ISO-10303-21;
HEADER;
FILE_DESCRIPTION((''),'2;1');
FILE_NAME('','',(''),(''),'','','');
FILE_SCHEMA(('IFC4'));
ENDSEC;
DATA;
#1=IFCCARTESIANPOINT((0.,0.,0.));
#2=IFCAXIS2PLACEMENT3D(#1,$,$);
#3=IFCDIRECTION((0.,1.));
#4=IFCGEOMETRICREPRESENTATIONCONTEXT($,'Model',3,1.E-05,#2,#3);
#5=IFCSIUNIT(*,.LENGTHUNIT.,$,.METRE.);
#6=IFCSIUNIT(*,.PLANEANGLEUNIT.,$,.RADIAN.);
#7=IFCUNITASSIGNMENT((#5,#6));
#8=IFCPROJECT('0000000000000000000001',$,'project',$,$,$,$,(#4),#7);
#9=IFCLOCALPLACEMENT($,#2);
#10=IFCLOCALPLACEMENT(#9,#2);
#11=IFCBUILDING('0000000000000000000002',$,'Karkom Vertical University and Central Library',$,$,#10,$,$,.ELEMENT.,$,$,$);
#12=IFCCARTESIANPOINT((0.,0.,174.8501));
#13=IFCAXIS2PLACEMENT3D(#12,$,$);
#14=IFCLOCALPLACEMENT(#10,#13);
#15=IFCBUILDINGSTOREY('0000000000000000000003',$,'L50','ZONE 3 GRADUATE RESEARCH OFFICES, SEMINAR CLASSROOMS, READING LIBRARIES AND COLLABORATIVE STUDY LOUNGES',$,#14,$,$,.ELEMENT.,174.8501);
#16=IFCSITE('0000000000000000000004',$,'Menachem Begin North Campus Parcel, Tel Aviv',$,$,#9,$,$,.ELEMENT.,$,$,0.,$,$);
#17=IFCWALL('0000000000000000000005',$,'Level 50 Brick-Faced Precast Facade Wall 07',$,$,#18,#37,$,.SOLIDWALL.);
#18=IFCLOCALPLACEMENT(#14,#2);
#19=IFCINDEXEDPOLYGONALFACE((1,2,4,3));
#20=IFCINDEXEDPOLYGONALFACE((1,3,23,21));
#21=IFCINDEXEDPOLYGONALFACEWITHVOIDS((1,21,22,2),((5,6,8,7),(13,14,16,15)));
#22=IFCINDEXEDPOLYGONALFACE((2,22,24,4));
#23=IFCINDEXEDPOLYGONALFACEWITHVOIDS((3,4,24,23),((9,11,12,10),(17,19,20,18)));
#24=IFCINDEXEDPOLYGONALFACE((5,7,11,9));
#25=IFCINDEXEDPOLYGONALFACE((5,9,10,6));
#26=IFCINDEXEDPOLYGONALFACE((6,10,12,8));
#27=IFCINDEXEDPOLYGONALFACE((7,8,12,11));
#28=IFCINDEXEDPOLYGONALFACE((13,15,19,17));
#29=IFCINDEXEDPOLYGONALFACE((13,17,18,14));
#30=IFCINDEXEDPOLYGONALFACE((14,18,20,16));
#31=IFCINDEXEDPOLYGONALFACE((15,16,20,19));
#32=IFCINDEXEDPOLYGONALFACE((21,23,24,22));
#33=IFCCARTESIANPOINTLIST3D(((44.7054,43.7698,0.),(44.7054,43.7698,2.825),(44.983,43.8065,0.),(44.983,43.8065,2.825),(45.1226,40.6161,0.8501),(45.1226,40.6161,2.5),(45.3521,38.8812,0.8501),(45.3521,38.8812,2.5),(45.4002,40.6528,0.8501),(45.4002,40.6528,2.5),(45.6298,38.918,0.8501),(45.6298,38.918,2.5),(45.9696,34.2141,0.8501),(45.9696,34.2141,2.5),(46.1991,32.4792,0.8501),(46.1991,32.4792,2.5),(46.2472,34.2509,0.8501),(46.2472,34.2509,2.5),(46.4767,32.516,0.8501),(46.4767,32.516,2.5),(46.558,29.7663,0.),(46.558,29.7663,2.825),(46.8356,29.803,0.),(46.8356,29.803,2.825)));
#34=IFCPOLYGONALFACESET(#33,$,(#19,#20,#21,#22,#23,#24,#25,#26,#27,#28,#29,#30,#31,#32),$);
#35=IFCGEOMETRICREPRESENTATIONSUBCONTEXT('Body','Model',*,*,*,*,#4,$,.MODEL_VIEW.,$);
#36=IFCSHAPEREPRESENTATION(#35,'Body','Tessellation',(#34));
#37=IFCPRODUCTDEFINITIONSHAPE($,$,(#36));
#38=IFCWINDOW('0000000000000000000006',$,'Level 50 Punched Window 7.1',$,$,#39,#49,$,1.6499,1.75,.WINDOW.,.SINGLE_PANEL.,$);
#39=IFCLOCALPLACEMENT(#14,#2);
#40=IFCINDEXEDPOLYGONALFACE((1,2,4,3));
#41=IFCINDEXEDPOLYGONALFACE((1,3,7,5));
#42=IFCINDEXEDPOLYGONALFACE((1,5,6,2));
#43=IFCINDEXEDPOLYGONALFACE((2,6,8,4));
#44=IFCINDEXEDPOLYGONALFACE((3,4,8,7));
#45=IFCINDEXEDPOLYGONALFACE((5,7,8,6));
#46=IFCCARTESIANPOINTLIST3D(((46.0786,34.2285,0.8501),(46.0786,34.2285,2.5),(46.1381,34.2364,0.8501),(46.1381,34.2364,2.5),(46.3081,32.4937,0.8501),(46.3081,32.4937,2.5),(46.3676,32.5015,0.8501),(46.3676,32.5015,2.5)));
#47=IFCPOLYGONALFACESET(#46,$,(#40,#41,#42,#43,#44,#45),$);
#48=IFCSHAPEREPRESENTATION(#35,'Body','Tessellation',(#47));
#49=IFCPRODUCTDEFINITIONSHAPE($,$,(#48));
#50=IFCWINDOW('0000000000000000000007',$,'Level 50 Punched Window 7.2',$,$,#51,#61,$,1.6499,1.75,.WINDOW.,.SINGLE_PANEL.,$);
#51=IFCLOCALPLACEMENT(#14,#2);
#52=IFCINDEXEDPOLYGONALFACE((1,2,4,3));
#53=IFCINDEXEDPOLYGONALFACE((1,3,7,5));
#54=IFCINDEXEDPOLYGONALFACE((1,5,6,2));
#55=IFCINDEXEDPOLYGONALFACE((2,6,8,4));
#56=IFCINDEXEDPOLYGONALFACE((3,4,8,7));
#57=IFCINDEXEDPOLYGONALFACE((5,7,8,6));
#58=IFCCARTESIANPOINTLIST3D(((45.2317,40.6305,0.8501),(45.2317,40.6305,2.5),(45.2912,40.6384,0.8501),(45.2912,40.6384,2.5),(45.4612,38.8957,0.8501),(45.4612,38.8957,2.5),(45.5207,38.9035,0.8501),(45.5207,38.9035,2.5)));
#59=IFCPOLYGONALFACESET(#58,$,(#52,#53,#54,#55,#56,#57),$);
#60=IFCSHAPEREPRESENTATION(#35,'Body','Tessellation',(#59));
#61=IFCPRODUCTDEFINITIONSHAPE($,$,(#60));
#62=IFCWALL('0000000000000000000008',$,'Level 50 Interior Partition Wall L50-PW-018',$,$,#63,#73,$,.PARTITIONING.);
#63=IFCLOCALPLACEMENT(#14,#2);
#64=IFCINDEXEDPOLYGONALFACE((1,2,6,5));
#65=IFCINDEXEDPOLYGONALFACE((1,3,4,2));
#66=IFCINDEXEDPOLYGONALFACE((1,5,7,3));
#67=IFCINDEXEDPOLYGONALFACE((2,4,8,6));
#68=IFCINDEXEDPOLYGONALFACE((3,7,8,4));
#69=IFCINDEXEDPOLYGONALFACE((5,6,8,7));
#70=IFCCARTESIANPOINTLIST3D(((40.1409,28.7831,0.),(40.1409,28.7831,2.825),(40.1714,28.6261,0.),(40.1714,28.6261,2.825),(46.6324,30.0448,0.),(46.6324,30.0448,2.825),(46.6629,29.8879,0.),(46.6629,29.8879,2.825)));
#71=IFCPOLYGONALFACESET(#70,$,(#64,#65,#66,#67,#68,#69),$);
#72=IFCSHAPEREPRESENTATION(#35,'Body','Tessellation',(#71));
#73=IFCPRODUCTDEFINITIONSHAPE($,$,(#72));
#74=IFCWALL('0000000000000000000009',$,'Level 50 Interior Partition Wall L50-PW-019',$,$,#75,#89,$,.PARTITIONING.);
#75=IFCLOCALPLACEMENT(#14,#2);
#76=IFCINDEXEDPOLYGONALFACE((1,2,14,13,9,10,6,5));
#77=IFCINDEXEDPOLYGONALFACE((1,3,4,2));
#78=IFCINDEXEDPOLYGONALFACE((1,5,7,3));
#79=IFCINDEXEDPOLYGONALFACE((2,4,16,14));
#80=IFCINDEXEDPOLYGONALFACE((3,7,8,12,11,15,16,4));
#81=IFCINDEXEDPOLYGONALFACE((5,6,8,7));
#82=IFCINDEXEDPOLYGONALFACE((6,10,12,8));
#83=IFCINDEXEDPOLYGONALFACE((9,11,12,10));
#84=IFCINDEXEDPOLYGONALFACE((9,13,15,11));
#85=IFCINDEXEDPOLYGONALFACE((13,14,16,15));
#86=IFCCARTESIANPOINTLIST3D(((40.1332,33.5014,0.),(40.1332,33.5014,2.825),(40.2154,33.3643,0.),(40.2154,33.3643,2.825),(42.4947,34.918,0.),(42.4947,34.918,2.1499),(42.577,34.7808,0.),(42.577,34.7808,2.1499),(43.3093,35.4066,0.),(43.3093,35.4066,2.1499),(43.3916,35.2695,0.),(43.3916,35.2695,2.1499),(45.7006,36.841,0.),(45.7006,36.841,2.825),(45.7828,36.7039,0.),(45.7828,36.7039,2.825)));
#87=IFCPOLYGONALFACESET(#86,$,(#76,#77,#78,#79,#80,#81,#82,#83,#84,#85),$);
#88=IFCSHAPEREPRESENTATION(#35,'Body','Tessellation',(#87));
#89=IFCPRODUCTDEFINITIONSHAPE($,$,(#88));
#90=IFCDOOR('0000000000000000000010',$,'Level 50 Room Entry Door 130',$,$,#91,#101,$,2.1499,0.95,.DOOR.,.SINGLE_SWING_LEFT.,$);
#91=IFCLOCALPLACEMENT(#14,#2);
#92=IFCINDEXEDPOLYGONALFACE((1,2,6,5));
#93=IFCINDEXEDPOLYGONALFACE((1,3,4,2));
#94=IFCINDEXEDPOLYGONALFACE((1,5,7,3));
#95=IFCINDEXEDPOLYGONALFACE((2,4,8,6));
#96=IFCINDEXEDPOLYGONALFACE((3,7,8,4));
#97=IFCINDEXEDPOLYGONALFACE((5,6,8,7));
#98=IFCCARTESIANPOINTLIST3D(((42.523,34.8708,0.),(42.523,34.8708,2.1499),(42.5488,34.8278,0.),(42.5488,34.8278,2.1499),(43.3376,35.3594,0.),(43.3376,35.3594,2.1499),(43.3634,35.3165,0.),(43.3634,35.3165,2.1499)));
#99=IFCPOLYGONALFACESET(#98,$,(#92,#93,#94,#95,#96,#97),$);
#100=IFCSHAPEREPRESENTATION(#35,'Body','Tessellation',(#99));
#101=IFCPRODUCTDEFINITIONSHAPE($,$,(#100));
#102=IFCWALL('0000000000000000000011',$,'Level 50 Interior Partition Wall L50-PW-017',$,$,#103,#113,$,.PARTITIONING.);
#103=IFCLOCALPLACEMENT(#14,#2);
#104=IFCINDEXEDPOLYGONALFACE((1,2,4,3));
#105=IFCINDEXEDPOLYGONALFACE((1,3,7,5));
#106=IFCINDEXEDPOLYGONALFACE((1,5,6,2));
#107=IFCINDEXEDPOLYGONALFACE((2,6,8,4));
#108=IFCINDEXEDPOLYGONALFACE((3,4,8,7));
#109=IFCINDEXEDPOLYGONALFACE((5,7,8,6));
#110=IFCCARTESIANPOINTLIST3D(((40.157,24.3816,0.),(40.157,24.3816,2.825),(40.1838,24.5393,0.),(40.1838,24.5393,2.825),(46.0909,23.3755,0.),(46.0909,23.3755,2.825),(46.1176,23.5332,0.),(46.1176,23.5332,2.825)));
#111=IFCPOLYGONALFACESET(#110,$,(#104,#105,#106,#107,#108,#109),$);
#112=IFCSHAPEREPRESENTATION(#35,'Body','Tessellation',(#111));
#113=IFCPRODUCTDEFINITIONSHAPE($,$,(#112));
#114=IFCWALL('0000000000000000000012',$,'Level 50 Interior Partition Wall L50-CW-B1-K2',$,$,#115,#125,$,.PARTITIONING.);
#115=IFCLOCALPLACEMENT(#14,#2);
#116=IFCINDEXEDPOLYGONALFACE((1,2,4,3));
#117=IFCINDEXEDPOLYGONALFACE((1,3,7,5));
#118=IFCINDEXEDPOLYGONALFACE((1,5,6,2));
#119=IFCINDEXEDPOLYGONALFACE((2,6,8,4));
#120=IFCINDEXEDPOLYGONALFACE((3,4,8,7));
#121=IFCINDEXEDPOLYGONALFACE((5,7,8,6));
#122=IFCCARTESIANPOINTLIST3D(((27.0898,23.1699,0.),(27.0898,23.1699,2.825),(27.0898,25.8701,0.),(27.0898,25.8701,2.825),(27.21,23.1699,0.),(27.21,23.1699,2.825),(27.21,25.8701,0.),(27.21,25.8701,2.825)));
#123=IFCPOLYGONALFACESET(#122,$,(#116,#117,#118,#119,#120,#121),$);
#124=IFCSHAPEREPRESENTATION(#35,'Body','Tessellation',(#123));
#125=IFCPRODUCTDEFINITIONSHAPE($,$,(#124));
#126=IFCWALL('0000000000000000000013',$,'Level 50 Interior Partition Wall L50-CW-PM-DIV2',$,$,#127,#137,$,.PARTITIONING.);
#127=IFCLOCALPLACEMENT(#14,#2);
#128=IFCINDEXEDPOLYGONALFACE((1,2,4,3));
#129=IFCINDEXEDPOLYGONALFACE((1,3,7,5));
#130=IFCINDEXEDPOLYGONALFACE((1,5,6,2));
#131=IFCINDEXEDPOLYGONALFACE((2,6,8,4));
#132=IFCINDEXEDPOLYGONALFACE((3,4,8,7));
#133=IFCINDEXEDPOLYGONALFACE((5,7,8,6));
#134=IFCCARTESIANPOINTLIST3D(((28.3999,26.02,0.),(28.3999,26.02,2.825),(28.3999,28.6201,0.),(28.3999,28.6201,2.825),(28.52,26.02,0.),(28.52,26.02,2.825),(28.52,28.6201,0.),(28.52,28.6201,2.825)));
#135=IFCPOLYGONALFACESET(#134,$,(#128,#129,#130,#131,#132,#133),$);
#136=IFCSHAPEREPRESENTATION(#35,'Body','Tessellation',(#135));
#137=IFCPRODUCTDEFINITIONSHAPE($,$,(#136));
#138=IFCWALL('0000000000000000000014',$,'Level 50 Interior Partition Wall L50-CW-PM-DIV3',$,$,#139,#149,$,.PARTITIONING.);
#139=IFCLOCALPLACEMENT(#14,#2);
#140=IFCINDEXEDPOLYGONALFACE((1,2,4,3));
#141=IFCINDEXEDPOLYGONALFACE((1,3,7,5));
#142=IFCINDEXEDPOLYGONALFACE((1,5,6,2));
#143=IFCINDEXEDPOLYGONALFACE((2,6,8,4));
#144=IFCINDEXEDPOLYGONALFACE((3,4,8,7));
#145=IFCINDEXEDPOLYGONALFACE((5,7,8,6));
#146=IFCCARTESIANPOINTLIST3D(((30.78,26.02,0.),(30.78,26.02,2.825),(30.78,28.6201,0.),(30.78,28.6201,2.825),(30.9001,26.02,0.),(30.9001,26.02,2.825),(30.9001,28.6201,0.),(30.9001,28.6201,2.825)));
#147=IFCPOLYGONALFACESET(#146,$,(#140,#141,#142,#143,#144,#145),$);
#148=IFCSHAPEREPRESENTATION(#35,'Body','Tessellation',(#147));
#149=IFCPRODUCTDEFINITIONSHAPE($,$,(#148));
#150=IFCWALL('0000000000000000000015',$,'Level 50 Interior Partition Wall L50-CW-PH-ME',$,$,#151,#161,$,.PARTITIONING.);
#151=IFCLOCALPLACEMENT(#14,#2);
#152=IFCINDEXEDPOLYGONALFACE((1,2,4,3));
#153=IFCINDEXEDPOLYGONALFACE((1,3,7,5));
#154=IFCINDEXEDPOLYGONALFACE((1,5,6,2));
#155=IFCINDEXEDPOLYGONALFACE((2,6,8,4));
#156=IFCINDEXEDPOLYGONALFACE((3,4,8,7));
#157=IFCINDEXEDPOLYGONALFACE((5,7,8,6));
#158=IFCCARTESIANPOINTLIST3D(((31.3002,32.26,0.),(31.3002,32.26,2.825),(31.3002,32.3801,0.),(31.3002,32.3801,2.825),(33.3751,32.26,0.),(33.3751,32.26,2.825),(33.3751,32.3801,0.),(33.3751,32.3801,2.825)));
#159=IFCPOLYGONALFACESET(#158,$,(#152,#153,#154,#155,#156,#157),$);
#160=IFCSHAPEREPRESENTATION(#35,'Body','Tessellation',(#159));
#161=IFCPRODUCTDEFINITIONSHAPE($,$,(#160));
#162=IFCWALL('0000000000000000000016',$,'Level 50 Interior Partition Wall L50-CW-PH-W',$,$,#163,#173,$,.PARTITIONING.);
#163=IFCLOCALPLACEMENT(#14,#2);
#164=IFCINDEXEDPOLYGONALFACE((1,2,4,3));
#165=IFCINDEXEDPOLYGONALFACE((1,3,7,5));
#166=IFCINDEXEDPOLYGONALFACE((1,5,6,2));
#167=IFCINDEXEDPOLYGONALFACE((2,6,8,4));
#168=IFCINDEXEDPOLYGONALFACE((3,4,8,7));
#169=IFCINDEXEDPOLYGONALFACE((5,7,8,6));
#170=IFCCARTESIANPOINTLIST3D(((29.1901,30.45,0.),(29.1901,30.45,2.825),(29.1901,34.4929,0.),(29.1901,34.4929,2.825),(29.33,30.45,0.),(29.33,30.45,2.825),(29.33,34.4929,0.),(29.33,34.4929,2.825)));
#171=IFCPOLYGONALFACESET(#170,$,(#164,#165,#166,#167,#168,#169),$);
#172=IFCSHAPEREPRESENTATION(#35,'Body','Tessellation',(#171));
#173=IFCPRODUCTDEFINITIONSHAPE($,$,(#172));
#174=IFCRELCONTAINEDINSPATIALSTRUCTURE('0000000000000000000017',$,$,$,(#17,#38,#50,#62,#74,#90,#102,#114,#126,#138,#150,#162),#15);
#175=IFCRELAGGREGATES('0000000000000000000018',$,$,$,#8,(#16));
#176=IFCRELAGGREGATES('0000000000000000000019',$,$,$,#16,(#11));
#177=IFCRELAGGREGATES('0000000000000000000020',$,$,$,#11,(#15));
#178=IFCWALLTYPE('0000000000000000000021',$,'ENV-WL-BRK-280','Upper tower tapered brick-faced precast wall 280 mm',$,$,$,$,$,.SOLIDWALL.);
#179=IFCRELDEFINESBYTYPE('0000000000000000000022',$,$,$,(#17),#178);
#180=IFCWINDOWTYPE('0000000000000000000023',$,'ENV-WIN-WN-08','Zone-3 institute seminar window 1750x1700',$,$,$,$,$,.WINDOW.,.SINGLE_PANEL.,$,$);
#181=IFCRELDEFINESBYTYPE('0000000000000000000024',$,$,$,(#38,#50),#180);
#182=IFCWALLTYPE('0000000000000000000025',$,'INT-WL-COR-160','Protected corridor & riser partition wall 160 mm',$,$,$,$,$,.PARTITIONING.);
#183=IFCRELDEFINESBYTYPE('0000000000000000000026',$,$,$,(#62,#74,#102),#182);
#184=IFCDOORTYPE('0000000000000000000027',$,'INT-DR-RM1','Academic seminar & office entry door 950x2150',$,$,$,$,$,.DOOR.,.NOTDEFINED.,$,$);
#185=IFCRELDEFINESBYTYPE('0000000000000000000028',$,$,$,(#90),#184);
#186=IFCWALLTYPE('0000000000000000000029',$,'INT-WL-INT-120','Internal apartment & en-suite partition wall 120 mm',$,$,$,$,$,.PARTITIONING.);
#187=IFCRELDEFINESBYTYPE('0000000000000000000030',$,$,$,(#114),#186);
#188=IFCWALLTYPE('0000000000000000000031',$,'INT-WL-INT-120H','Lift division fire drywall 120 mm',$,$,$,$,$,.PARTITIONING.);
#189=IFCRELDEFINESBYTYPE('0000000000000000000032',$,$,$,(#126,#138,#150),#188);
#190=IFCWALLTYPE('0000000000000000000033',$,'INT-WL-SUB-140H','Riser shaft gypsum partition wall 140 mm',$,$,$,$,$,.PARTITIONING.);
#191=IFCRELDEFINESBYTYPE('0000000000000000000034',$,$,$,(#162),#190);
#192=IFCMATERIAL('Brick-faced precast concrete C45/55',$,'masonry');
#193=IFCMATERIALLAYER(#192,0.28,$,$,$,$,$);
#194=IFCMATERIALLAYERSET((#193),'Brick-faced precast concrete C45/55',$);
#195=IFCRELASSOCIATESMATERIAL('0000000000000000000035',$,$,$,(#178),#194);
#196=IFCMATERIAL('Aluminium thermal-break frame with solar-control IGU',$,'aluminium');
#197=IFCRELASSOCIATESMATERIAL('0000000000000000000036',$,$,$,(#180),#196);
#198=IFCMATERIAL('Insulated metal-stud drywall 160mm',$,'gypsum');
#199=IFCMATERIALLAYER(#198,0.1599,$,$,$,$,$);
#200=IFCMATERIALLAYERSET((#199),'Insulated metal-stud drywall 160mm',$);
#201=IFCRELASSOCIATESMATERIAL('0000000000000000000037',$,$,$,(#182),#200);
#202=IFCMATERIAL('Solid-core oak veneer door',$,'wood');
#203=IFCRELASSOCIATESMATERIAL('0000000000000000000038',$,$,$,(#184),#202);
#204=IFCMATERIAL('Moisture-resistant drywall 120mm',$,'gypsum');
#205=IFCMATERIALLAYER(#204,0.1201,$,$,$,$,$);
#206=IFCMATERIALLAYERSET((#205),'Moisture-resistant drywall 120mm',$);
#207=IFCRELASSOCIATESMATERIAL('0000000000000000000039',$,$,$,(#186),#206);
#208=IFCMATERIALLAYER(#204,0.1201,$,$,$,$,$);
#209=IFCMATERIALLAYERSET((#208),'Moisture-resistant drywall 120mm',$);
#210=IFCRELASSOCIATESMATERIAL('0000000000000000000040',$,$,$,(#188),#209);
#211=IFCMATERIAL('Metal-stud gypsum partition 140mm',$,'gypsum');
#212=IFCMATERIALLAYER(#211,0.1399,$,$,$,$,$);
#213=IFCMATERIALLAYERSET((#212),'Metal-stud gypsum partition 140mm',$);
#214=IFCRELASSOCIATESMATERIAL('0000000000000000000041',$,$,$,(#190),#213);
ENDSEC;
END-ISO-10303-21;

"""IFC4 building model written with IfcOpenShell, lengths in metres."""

from ifc_helpers import new_model, si_unit, direction, frame, frame_2d, origin, origin_with_axes, place, context, subcontext, project, spatial, rectangle, extrude, source, transform, mapped, material, layer, layer_set, type_object, element, fill, save


model = new_model("IFC4")

# Units and contexts
model_context = context("Model", 3, precision=1e-05, world=origin(), true_north=direction((0.0, 1.0)))
body_context = subcontext(model_context, "Body", "Model", "MODEL_VIEW")
ifc_project = project(units=[si_unit("LENGTHUNIT", "METRE"), si_unit("PLANEANGLEUNIT", "RADIAN")], contexts=[model_context])

# Site, building, storey
site_placement = place(None, origin())
site = spatial("IfcSite", under=ifc_project, at=site_placement, Name="Menachem Begin North Campus Parcel, Tel Aviv", CompositionType="ELEMENT", RefElevation=0.0)
building_placement = place(site_placement, origin())
building = spatial("IfcBuilding", under=site, at=building_placement, Name="Karkom Vertical University and Central Library", CompositionType="ELEMENT")
storey_placement = place(building_placement, frame((0.0, 0.0, 174.8501)))
storey = spatial("IfcBuildingStorey", under=building, at=storey_placement, Name="L50", Description="ZONE 3 GRADUATE RESEARCH OFFICES, SEMINAR CLASSROOMS, READING LIBRARIES AND COLLABORATIVE STUDY LOUNGES", CompositionType="ELEMENT", Elevation=174.8501)

# Wall, openings, windows
ifc_material_1 = material(Name="Brick-faced precast concrete C45/55", Category="masonry")
ifc_layer_1 = layer(ifc_material_1, 0.28)
ifc_layer_set_1 = layer_set([ifc_layer_1], Name="Brick-faced precast concrete C45/55")
wall_type_1 = type_object("IfcWallType", Name="ENV-WL-BRK-280", Description="Upper tower tapered brick-faced precast wall 280 mm", PredefinedType="SOLIDWALL", material=ifc_layer_set_1)
wall_1_placement = place(storey_placement, frame((46.6968, 29.7847, 0.0), z_axis=(0.0, 0.0, 1.0), x_axis=(-0.131149, 0.991363, 0.0)))
wall_1 = element("IfcWall", 1, at=wall_1_placement, inside=storey, type_object=wall_type_1, Name="Level 50 Brick-Faced Precast Facade Wall 07", PredefinedType="SOLIDWALL", context=body_context, shape_type="SweptSolid", body=[
    extrude(rectangle(XDim=14.1255, YDim=0.28, at=frame_2d((7.0627, 0.0))), origin(), (0.0, 0.0, 1.0), 2.825),
])
opening_1_placement = place(wall_1_placement, frame((2.7366, 0.0, 0.8501)))
opening_1 = element("IfcOpeningElement", 2, at=opening_1_placement, cuts=wall_1, PredefinedType="OPENING", context=body_context, shape_type="SweptSolid", body=[
    extrude(rectangle(XDim=1.75, YDim=1.6499, at=frame_2d((0.875, 0.825))), frame((0.0, 0.1499, 0.0), z_axis=(0.0, -1.0, 0.0), x_axis=(1.0, 0.0, 0.0)), (0.0, 0.0, 1.0), 0.3),
])
opening_2_placement = place(wall_1_placement, frame((9.1943, 0.0, 0.8501)))
opening_2 = element("IfcOpeningElement", 3, at=opening_2_placement, cuts=wall_1, PredefinedType="OPENING", context=body_context, shape_type="SweptSolid", body=[
    extrude(rectangle(XDim=1.75, YDim=1.6499, at=frame_2d((0.875, 0.825))), frame((0.0, 0.1499, 0.0), z_axis=(0.0, -1.0, 0.0), x_axis=(1.0, 0.0, 0.0)), (0.0, 0.0, 1.0), 0.3),
])
ifc_material_2 = material(Name="Aluminium thermal-break frame with solar-control IGU", Category="aluminium")
window_type = type_object("IfcWindowType", Name="ENV-WIN-WN-08", Description="Zone-3 institute seminar window 1750x1700", PartitioningType="SINGLE_PANEL", PredefinedType="WINDOW", material=ifc_material_2)
shared_shape_1 = source(origin_with_axes(), body_context, "Body", "SweptSolid", [
    extrude(rectangle(XDim=1.75, YDim=1.6499, at=frame_2d((0.875, 0.825))), frame((0.0, 0.03, 0.0), z_axis=(0.0, -1.0, 0.0), x_axis=(1.0, 0.0, 0.0)), (0.0, 0.0, 1.0), 0.0601),
])
window_1_placement = place(opening_1_placement, origin())
window_1 = element("IfcWindow", 4, at=window_1_placement, inside=storey, type_object=window_type, Name="Level 50 Punched Window 7.1", OverallHeight=1.6499, OverallWidth=1.75, PartitioningType="SINGLE_PANEL", PredefinedType="WINDOW", context=body_context, shape_type="MappedRepresentation", body=[
    mapped(shared_shape_1, transform((0.0, 0.0, 0.0), scale=1.0)),
])
fill(opening_1, window_1)
window_2_placement = place(opening_2_placement, origin())
window_2 = element("IfcWindow", 5, at=window_2_placement, inside=storey, type_object=window_type, Name="Level 50 Punched Window 7.2", OverallHeight=1.6499, OverallWidth=1.75, PartitioningType="SINGLE_PANEL", PredefinedType="WINDOW", context=body_context, shape_type="MappedRepresentation", body=[
    mapped(shared_shape_1, transform((0.0, 0.0, 0.0), scale=1.0)),
])
fill(opening_2, window_2)

# Wall
ifc_material_3 = material(Name="Insulated metal-stud drywall 160mm", Category="gypsum")
ifc_layer_2 = layer(ifc_material_3, 0.1599)
ifc_layer_set_2 = layer_set([ifc_layer_2], Name="Insulated metal-stud drywall 160mm")
wall_type_2 = type_object("IfcWallType", Name="INT-WL-COR-160", Description="Protected corridor & riser partition wall 160 mm", PredefinedType="PARTITIONING", material=ifc_layer_set_2)
wall_2_placement = place(storey_placement, frame((40.156, 28.7046, 0.0), z_axis=(0.0, 0.0, 1.0), x_axis=(0.98163, 0.190796, 0.0)))
element("IfcWall", 6, at=wall_2_placement, inside=storey, type_object=wall_type_2, Name="Level 50 Interior Partition Wall L50-PW-018", PredefinedType="PARTITIONING", context=body_context, shape_type="SweptSolid", body=[
    extrude(rectangle(XDim=6.613, YDim=0.1599, at=frame_2d((3.3066, 0.0))), origin(), (0.0, 0.0, 1.0), 2.825),
])

# Wall, opening, door
wall_3_placement = place(storey_placement, frame((40.1743, 33.4329, 0.0), z_axis=(0.0, 0.0, 1.0), x_axis=(0.857549, 0.514402, 0.0)))
wall_3 = element("IfcWall", 7, at=wall_3_placement, inside=storey, type_object=wall_type_2, Name="Level 50 Interior Partition Wall L50-PW-019", PredefinedType="PARTITIONING", context=body_context, shape_type="SweptSolid", body=[
    extrude(rectangle(XDim=6.4922, YDim=0.1599, at=frame_2d((3.2461, 0.0))), origin(), (0.0, 0.0, 1.0), 2.825),
])
opening_3_placement = place(wall_3_placement, frame((2.7537, 0.0, 0.0)))
opening_3 = element("IfcOpeningElement", 8, at=opening_3_placement, cuts=wall_3, PredefinedType="OPENING", context=body_context, shape_type="SweptSolid", body=[
    extrude(rectangle(XDim=0.95, YDim=2.1499, at=frame_2d((0.4751, 1.075))), frame((0.0, 0.0898, 0.0), z_axis=(0.0, -1.0, 0.0), x_axis=(1.0, 0.0, 0.0)), (0.0, 0.0, 1.0), 0.1799),
])
ifc_material_4 = material(Name="Solid-core oak veneer door", Category="wood")
door_type_1 = type_object("IfcDoorType", Name="INT-DR-RM1", Description="Academic seminar & office entry door 950x2150", OperationType="NOTDEFINED", PredefinedType="DOOR", material=ifc_material_4)
shared_shape_2 = source(origin_with_axes(), body_context, "Body", "SweptSolid", [
    extrude(rectangle(XDim=0.95, YDim=2.1499, at=frame_2d((0.4751, 1.075))), frame((0.0, 0.0249, 0.0), z_axis=(0.0, -1.0, 0.0), x_axis=(1.0, 0.0, 0.0)), (0.0, 0.0, 1.0), 0.05),
])
door_1_placement = place(opening_3_placement, origin())
door_1 = element("IfcDoor", 9, at=door_1_placement, inside=storey, type_object=door_type_1, Name="Level 50 Room Entry Door 130", OperationType="SINGLE_SWING_LEFT", OverallHeight=2.1499, OverallWidth=0.95, PredefinedType="DOOR", context=body_context, shape_type="MappedRepresentation", body=[
    mapped(shared_shape_2, transform((0.0, 0.0, 0.0), scale=1.0)),
])
fill(opening_3, door_1)

# Walls
wall_4_placement = place(storey_placement, frame((40.1704, 24.4604, 0.0), z_axis=(0.0, 0.0, 1.0), x_axis=(0.985928, -0.167168, 0.0)))
element("IfcWall", 10, at=wall_4_placement, inside=storey, type_object=wall_type_2, Name="Level 50 Interior Partition Wall L50-PW-017", PredefinedType="PARTITIONING", context=body_context, shape_type="SweptSolid", body=[
    extrude(rectangle(XDim=6.0186, YDim=0.1599, at=frame_2d((3.0093, 0.0))), origin(), (0.0, 0.0, 1.0), 2.825),
])
ifc_material_5 = material(Name="Moisture-resistant drywall 120mm", Category="gypsum")
ifc_layer_3 = layer(ifc_material_5, 0.1201)
ifc_layer_set_3 = layer_set([ifc_layer_3], Name="Moisture-resistant drywall 120mm")
wall_type_3 = type_object("IfcWallType", Name="INT-WL-INT-120", Description="Internal apartment & en-suite partition wall 120 mm", PredefinedType="PARTITIONING", material=ifc_layer_set_3)
wall_5_placement = place(storey_placement, frame((27.1499, 23.1699, 0.0), z_axis=(0.0, 0.0, 1.0), x_axis=(0.0, 1.0, 0.0)))
element("IfcWall", 11, at=wall_5_placement, inside=storey, type_object=wall_type_3, Name="Level 50 Interior Partition Wall L50-CW-B1-K2", PredefinedType="PARTITIONING", context=body_context, shape_type="SweptSolid", body=[
    extrude(rectangle(XDim=2.7002, YDim=0.1201, at=frame_2d((1.3501, 0.0))), origin(), (0.0, 0.0, 1.0), 2.825),
])
ifc_layer_4 = layer(ifc_material_5, 0.1201)
ifc_layer_set_4 = layer_set([ifc_layer_4], Name="Moisture-resistant drywall 120mm")
wall_type_4 = type_object("IfcWallType", Name="INT-WL-INT-120H", Description="Lift division fire drywall 120 mm", PredefinedType="PARTITIONING", material=ifc_layer_set_4)
for number, where, z_axis, x_axis, name in (
    (12, (28.46, 26.02, 0.0), (0.0, 0.0, 1.0), (0.0, 1.0, 0.0), "Level 50 Interior Partition Wall L50-CW-PM-DIV2"),
    (13, (30.8401, 26.02, 0.0), (0.0, 0.0, 1.0), (0.0, 1.0, 0.0), "Level 50 Interior Partition Wall L50-CW-PM-DIV3"),
):
    element("IfcWall", number, at=place(storey_placement, frame(where, z_axis=z_axis, x_axis=x_axis)), inside=storey, type_object=wall_type_4, Name=name, PredefinedType="PARTITIONING", context=body_context, shape_type="SweptSolid", body=[
        extrude(rectangle(XDim=2.6001, YDim=0.1201, at=frame_2d((1.3, 0.0))), origin(), (0.0, 0.0, 1.0), 2.825),
    ])
wall_6_placement = place(storey_placement, frame((31.3, 32.3201, 0.0), z_axis=(0.0, 0.0, 1.0), x_axis=(1.0, 0.0, 0.0)))
element("IfcWall", 14, at=wall_6_placement, inside=storey, type_object=wall_type_4, Name="Level 50 Interior Partition Wall L50-CW-PH-ME", PredefinedType="PARTITIONING", context=body_context, shape_type="SweptSolid", body=[
    extrude(rectangle(XDim=2.075, YDim=0.1201, at=frame_2d((1.0376, 0.0))), origin(), (0.0, 0.0, 1.0), 2.825),
])
ifc_material_6 = material(Name="Metal-stud gypsum partition 140mm", Category="gypsum")
ifc_layer_5 = layer(ifc_material_6, 0.1399)
ifc_layer_set_5 = layer_set([ifc_layer_5], Name="Metal-stud gypsum partition 140mm")
wall_type_5 = type_object("IfcWallType", Name="INT-WL-SUB-140H", Description="Riser shaft gypsum partition wall 140 mm", PredefinedType="PARTITIONING", material=ifc_layer_set_5)
for number, where, z_axis, x_axis, name in (
    (15, (29.26, 30.45, 0.0), (0.0, 0.0, 1.0), (0.0, 1.0, 0.0), "Level 50 Interior Partition Wall L50-CW-PH-W"),
):
    element("IfcWall", number, at=place(storey_placement, frame(where, z_axis=z_axis, x_axis=x_axis)), inside=storey, type_object=wall_type_5, Name=name, PredefinedType="PARTITIONING", context=body_context, shape_type="SweptSolid", body=[
        extrude(rectangle(XDim=4.043, YDim=0.1399, at=frame_2d((2.0215, 0.0))), origin(), (0.0, 0.0, 1.0), 2.825),
    ])

save(model, "model.ifc")
